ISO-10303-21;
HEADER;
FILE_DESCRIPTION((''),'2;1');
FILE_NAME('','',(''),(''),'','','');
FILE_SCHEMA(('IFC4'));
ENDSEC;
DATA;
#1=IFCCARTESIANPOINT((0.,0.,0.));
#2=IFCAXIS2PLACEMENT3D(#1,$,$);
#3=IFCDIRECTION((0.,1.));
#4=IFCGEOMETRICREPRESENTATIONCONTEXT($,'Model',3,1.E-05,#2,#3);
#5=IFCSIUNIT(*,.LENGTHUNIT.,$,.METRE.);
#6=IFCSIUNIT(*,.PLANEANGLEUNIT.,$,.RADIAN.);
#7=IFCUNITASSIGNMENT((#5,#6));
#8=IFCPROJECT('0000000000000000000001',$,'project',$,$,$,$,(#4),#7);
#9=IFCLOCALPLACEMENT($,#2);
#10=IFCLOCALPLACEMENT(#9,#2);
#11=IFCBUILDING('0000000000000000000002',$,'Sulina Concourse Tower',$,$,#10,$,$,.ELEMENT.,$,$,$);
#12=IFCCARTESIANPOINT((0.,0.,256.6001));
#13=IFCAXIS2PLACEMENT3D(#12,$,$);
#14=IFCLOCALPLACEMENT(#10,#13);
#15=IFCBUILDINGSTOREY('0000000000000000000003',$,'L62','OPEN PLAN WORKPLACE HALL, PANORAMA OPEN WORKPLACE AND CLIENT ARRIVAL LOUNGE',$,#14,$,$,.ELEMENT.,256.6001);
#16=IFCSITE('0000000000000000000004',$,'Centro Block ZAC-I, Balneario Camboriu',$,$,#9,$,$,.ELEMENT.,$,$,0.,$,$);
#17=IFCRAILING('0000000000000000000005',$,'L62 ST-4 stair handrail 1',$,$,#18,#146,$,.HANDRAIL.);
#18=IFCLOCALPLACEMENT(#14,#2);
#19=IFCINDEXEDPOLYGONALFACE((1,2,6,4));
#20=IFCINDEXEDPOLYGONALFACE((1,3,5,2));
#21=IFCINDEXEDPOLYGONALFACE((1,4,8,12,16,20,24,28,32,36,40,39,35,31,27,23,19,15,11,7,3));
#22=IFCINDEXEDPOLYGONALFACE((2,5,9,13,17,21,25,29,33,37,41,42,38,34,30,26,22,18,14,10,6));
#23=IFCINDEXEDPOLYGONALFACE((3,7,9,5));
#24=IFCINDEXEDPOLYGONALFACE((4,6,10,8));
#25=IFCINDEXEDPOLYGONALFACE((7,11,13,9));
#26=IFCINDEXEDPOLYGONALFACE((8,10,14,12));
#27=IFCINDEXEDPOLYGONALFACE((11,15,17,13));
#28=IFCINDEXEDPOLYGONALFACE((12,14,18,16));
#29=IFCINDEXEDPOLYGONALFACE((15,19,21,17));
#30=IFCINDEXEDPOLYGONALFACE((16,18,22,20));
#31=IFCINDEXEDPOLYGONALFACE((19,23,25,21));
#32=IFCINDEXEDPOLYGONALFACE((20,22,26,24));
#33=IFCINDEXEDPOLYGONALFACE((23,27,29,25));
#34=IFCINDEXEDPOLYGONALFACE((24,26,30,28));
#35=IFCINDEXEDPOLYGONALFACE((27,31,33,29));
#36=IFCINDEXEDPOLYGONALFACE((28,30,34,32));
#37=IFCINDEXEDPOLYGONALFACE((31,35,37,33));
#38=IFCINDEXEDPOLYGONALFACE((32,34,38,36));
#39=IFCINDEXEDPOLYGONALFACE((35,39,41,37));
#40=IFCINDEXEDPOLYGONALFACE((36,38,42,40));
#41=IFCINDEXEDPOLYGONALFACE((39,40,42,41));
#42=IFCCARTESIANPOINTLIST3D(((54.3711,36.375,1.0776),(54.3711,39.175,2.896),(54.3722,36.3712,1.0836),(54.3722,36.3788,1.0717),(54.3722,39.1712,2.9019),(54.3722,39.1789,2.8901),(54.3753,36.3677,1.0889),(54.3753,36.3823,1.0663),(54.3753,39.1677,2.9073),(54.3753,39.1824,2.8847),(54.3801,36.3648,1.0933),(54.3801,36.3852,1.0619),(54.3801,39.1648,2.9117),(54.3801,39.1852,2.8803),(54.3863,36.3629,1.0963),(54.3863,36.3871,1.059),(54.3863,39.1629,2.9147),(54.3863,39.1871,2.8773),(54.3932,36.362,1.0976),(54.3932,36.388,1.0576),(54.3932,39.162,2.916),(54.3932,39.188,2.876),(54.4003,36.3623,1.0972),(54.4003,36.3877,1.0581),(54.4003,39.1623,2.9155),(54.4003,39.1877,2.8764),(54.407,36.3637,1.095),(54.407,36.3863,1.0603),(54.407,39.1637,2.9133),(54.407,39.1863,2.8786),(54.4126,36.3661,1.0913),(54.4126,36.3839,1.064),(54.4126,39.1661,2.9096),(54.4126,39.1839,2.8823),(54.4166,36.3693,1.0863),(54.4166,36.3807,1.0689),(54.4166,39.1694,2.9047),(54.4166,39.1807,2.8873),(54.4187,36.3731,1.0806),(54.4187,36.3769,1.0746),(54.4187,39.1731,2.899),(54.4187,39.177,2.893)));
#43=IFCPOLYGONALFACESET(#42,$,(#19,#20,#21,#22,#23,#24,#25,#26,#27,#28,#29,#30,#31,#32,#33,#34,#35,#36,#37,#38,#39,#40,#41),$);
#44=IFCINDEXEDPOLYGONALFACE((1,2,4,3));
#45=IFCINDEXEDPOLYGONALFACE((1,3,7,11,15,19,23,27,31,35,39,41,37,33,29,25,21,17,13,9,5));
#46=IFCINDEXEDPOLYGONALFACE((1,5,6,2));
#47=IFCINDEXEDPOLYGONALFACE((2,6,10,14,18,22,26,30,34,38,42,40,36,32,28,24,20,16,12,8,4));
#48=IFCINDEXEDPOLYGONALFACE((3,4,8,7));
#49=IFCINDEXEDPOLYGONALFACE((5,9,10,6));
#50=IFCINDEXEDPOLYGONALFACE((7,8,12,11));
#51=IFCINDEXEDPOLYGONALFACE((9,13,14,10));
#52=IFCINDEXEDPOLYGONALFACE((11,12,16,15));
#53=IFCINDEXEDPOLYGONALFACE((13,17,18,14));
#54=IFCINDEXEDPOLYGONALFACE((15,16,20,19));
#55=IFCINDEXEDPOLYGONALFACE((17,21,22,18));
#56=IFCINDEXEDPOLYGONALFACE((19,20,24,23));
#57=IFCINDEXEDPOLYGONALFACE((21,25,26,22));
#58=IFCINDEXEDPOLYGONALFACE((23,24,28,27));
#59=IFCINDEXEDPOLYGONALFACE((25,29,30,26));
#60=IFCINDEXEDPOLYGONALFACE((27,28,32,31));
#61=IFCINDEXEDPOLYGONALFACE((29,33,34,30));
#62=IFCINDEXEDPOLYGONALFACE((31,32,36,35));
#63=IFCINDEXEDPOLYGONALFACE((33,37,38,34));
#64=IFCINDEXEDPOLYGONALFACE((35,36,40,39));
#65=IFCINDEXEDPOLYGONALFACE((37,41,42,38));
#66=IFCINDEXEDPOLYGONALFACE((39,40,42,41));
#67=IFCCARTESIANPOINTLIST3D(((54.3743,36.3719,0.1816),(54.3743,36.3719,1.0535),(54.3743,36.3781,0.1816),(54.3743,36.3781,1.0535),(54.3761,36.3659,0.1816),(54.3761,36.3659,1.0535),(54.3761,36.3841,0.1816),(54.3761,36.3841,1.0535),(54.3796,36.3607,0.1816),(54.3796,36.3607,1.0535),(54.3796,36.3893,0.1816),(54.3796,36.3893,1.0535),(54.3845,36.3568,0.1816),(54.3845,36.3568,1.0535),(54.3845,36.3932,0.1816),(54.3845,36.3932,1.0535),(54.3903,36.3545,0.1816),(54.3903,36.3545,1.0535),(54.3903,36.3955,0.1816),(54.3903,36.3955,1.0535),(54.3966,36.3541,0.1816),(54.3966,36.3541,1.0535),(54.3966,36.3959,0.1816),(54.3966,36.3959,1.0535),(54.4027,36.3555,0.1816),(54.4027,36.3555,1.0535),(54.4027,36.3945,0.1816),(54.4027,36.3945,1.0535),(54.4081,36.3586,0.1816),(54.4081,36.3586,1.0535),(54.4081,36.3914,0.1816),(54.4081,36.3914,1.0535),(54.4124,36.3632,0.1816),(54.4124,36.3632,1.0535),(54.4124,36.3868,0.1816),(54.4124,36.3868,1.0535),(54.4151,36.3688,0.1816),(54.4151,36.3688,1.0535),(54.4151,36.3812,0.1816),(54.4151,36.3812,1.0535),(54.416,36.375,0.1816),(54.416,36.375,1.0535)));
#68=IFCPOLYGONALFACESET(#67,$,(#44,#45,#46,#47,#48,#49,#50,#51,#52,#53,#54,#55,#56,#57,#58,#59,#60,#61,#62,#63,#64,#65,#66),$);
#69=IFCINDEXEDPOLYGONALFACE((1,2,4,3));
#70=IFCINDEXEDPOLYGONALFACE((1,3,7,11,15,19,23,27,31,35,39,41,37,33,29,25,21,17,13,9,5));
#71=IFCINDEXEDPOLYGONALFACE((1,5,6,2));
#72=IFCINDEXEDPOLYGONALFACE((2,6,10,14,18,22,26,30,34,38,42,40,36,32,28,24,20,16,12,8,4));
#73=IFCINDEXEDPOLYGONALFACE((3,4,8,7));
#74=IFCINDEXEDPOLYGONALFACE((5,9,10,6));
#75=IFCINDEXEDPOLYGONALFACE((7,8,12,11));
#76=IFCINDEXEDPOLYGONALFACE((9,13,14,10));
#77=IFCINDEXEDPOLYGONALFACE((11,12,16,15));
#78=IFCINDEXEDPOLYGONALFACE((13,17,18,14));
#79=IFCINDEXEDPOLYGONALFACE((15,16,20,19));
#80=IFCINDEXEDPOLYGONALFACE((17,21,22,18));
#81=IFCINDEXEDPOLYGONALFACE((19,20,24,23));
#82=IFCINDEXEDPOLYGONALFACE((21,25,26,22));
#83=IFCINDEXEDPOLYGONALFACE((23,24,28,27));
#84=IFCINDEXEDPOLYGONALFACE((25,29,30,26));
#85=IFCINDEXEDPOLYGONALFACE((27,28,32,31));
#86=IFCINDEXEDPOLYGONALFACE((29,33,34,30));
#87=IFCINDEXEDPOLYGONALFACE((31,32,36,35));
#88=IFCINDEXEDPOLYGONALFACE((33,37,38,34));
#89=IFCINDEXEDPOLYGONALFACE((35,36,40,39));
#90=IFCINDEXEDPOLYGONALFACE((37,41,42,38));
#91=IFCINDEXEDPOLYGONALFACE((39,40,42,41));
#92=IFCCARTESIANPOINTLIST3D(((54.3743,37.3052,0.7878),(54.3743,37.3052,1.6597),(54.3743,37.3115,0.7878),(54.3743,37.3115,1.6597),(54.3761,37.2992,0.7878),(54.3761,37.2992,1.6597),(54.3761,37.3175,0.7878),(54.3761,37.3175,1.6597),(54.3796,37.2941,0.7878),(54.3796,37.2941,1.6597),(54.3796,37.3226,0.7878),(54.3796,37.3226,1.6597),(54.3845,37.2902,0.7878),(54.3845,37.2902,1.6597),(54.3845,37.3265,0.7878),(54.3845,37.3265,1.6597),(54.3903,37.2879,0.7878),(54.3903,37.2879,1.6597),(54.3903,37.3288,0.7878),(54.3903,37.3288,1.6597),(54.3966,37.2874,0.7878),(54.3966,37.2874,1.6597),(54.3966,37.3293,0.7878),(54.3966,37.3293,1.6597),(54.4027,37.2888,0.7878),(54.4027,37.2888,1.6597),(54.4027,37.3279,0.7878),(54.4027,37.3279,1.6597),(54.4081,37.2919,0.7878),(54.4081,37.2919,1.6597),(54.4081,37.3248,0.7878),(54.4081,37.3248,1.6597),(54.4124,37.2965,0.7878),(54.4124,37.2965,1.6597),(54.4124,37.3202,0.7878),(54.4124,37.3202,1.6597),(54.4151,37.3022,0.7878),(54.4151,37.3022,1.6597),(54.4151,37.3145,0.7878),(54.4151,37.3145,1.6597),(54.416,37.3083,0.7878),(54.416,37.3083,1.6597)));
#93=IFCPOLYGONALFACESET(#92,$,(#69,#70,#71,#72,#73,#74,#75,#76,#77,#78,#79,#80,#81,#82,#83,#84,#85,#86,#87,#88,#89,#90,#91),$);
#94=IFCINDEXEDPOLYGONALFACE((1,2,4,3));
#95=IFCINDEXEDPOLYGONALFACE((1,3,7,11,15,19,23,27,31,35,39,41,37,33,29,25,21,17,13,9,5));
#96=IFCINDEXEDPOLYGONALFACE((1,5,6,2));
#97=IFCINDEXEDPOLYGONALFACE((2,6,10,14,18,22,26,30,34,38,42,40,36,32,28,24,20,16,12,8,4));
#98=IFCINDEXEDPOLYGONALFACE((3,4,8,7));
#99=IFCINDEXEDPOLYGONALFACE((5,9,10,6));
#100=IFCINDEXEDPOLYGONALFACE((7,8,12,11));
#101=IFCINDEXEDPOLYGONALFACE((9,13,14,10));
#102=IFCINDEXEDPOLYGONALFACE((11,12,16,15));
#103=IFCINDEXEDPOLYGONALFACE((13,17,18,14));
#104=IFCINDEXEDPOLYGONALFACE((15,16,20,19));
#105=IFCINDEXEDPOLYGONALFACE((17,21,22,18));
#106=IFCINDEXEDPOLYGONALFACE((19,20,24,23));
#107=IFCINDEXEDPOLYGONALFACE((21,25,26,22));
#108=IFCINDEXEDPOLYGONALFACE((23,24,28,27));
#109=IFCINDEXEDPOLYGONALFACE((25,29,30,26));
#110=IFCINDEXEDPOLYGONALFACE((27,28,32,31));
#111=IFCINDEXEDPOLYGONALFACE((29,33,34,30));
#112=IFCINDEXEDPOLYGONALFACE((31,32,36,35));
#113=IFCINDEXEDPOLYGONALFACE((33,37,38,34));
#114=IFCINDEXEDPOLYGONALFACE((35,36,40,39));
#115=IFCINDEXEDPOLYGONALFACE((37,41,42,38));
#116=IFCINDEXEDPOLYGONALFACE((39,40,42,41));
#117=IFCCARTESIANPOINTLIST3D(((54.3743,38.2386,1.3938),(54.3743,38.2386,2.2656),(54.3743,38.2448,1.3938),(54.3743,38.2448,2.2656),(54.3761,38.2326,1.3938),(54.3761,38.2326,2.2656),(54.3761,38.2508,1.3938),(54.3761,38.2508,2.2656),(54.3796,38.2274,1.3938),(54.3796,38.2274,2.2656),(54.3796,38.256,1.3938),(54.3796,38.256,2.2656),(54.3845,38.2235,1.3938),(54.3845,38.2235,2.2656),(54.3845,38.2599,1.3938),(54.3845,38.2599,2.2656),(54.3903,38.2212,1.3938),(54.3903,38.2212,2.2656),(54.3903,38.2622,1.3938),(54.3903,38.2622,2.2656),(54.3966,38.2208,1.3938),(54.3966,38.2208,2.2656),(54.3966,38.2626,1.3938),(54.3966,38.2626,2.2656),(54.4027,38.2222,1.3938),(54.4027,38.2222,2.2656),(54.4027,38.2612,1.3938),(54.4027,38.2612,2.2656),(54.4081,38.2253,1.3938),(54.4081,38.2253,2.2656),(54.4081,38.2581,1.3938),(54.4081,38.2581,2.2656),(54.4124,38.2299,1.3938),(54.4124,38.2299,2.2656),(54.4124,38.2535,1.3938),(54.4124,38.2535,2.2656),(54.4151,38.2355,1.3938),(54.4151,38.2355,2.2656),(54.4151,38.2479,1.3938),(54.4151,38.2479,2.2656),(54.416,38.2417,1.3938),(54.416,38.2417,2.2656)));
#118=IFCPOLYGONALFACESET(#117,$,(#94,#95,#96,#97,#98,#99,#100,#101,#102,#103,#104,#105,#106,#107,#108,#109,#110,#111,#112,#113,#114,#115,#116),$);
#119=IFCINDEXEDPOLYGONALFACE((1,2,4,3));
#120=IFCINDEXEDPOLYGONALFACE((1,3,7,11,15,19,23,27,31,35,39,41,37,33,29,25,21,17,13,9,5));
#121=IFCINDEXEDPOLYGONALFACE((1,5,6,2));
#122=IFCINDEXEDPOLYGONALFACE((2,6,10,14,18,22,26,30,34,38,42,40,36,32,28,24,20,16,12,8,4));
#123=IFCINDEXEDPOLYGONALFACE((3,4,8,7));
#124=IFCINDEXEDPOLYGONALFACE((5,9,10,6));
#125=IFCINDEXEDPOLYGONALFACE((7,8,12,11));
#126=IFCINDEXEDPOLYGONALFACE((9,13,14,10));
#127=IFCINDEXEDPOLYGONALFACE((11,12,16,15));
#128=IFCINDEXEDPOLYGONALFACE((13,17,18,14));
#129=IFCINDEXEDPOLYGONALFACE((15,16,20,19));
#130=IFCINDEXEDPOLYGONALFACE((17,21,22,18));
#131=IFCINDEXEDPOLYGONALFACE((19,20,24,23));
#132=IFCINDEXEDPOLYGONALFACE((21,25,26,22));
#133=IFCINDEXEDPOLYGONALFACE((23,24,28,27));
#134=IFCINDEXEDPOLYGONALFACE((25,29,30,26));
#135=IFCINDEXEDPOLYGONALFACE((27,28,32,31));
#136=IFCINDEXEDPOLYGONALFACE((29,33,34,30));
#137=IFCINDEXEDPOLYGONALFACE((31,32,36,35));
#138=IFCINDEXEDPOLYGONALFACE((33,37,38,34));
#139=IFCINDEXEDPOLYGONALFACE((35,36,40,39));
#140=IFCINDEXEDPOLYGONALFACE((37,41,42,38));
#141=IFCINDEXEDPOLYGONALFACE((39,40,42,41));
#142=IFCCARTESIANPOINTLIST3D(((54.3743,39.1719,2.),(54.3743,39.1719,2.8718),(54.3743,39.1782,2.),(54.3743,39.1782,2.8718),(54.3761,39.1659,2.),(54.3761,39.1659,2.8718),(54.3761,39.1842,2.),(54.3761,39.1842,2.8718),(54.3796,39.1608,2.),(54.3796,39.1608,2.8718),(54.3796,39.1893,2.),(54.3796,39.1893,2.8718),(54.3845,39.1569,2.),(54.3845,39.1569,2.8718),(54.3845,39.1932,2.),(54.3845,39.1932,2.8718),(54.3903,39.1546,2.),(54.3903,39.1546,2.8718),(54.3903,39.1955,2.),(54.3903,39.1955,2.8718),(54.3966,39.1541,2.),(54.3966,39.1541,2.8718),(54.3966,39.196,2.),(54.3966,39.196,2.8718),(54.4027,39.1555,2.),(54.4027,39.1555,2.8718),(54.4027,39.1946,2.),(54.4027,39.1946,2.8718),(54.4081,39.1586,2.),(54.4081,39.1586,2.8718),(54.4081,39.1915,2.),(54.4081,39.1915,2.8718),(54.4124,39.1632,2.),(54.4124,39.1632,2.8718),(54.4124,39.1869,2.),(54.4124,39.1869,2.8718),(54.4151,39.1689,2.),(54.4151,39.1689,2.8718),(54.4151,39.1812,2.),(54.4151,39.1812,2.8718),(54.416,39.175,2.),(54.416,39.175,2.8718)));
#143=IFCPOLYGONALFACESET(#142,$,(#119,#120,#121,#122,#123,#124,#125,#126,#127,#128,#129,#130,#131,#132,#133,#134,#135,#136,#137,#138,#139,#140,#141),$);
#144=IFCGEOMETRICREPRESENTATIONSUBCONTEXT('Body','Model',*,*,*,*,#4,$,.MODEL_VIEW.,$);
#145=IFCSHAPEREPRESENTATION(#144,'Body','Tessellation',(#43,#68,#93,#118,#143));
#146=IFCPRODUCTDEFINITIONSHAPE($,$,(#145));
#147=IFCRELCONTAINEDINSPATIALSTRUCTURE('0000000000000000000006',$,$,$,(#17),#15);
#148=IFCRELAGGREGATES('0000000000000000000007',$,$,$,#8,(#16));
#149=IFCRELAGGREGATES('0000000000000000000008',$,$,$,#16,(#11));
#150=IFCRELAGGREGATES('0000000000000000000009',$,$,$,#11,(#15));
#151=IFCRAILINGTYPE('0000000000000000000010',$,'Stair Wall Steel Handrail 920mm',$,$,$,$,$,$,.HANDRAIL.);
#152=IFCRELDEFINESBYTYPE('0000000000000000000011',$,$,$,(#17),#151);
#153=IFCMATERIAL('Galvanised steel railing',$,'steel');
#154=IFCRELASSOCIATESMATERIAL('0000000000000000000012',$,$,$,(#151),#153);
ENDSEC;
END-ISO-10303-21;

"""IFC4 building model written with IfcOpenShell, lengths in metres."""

from ifc_helpers import new_model, si_unit, direction, frame, origin, origin_2d, place, context, subcontext, project, spatial, circle, extrude, material, type_object, element, save


model = new_model("IFC4")

# Units and contexts
model_context = context("Model", 3, precision=1e-05, world=origin(), true_north=direction((0.0, 1.0)))
body_context = subcontext(model_context, "Body", "Model", "MODEL_VIEW")
ifc_project = project(units=[si_unit("LENGTHUNIT", "METRE"), si_unit("PLANEANGLEUNIT", "RADIAN")], contexts=[model_context])

# Site, building, storey
site_placement = place(None, origin())
site = spatial("IfcSite", under=ifc_project, at=site_placement, Name="Centro Block ZAC-I, Balneario Camboriu", CompositionType="ELEMENT", RefElevation=0.0)
building_placement = place(site_placement, origin())
building = spatial("IfcBuilding", under=site, at=building_placement, Name="Sulina Concourse Tower", CompositionType="ELEMENT")
storey_placement = place(building_placement, frame((0.0, 0.0, 256.6001)))
storey = spatial("IfcBuildingStorey", under=building, at=storey_placement, Name="L62", Description="OPEN PLAN WORKPLACE HALL, PANORAMA OPEN WORKPLACE AND CLIENT ARRIVAL LOUNGE", CompositionType="ELEMENT", Elevation=256.6001)

# Railing
ifc_material_1 = material(Name="Galvanised steel railing", Category="steel")
railing_type_1 = type_object("IfcRailingType", Name="Stair Wall Steel Handrail 920mm", PredefinedType="HANDRAIL", material=ifc_material_1)
railing_1_placement = place(storey_placement, frame((54.395, 36.375, 0.1816)))
element("IfcRailing", 1, at=railing_1_placement, inside=storey, type_object=railing_type_1, Name="L62 ST-4 stair handrail 1", PredefinedType="HANDRAIL", context=body_context, shape_type="SweptSolid", body=[
    extrude(circle(Radius=0.0239, at=origin_2d()), frame((0.0, 0.0, 0.896), z_axis=(0.0, 0.838672, 0.544636), x_axis=(-1.0, 0.0, 0.0)), (0.0, 0.0, 1.0), 3.3386),
    extrude(circle(Radius=0.021, at=origin_2d()), origin(), (0.0, 0.0, 1.0), 0.8718),
    extrude(circle(Radius=0.021, at=origin_2d()), frame((0.0, 0.9333, 0.6062)), (0.0, 0.0, 1.0), 0.8718),
    extrude(circle(Radius=0.021, at=origin_2d()), frame((0.0, 1.8667, 1.2122)), (0.0, 0.0, 1.0), 0.8718),
    extrude(circle(Radius=0.021, at=origin_2d()), frame((0.0, 2.8, 1.8184)), (0.0, 0.0, 1.0), 0.8718),
])

save(model, "model.ifc")
